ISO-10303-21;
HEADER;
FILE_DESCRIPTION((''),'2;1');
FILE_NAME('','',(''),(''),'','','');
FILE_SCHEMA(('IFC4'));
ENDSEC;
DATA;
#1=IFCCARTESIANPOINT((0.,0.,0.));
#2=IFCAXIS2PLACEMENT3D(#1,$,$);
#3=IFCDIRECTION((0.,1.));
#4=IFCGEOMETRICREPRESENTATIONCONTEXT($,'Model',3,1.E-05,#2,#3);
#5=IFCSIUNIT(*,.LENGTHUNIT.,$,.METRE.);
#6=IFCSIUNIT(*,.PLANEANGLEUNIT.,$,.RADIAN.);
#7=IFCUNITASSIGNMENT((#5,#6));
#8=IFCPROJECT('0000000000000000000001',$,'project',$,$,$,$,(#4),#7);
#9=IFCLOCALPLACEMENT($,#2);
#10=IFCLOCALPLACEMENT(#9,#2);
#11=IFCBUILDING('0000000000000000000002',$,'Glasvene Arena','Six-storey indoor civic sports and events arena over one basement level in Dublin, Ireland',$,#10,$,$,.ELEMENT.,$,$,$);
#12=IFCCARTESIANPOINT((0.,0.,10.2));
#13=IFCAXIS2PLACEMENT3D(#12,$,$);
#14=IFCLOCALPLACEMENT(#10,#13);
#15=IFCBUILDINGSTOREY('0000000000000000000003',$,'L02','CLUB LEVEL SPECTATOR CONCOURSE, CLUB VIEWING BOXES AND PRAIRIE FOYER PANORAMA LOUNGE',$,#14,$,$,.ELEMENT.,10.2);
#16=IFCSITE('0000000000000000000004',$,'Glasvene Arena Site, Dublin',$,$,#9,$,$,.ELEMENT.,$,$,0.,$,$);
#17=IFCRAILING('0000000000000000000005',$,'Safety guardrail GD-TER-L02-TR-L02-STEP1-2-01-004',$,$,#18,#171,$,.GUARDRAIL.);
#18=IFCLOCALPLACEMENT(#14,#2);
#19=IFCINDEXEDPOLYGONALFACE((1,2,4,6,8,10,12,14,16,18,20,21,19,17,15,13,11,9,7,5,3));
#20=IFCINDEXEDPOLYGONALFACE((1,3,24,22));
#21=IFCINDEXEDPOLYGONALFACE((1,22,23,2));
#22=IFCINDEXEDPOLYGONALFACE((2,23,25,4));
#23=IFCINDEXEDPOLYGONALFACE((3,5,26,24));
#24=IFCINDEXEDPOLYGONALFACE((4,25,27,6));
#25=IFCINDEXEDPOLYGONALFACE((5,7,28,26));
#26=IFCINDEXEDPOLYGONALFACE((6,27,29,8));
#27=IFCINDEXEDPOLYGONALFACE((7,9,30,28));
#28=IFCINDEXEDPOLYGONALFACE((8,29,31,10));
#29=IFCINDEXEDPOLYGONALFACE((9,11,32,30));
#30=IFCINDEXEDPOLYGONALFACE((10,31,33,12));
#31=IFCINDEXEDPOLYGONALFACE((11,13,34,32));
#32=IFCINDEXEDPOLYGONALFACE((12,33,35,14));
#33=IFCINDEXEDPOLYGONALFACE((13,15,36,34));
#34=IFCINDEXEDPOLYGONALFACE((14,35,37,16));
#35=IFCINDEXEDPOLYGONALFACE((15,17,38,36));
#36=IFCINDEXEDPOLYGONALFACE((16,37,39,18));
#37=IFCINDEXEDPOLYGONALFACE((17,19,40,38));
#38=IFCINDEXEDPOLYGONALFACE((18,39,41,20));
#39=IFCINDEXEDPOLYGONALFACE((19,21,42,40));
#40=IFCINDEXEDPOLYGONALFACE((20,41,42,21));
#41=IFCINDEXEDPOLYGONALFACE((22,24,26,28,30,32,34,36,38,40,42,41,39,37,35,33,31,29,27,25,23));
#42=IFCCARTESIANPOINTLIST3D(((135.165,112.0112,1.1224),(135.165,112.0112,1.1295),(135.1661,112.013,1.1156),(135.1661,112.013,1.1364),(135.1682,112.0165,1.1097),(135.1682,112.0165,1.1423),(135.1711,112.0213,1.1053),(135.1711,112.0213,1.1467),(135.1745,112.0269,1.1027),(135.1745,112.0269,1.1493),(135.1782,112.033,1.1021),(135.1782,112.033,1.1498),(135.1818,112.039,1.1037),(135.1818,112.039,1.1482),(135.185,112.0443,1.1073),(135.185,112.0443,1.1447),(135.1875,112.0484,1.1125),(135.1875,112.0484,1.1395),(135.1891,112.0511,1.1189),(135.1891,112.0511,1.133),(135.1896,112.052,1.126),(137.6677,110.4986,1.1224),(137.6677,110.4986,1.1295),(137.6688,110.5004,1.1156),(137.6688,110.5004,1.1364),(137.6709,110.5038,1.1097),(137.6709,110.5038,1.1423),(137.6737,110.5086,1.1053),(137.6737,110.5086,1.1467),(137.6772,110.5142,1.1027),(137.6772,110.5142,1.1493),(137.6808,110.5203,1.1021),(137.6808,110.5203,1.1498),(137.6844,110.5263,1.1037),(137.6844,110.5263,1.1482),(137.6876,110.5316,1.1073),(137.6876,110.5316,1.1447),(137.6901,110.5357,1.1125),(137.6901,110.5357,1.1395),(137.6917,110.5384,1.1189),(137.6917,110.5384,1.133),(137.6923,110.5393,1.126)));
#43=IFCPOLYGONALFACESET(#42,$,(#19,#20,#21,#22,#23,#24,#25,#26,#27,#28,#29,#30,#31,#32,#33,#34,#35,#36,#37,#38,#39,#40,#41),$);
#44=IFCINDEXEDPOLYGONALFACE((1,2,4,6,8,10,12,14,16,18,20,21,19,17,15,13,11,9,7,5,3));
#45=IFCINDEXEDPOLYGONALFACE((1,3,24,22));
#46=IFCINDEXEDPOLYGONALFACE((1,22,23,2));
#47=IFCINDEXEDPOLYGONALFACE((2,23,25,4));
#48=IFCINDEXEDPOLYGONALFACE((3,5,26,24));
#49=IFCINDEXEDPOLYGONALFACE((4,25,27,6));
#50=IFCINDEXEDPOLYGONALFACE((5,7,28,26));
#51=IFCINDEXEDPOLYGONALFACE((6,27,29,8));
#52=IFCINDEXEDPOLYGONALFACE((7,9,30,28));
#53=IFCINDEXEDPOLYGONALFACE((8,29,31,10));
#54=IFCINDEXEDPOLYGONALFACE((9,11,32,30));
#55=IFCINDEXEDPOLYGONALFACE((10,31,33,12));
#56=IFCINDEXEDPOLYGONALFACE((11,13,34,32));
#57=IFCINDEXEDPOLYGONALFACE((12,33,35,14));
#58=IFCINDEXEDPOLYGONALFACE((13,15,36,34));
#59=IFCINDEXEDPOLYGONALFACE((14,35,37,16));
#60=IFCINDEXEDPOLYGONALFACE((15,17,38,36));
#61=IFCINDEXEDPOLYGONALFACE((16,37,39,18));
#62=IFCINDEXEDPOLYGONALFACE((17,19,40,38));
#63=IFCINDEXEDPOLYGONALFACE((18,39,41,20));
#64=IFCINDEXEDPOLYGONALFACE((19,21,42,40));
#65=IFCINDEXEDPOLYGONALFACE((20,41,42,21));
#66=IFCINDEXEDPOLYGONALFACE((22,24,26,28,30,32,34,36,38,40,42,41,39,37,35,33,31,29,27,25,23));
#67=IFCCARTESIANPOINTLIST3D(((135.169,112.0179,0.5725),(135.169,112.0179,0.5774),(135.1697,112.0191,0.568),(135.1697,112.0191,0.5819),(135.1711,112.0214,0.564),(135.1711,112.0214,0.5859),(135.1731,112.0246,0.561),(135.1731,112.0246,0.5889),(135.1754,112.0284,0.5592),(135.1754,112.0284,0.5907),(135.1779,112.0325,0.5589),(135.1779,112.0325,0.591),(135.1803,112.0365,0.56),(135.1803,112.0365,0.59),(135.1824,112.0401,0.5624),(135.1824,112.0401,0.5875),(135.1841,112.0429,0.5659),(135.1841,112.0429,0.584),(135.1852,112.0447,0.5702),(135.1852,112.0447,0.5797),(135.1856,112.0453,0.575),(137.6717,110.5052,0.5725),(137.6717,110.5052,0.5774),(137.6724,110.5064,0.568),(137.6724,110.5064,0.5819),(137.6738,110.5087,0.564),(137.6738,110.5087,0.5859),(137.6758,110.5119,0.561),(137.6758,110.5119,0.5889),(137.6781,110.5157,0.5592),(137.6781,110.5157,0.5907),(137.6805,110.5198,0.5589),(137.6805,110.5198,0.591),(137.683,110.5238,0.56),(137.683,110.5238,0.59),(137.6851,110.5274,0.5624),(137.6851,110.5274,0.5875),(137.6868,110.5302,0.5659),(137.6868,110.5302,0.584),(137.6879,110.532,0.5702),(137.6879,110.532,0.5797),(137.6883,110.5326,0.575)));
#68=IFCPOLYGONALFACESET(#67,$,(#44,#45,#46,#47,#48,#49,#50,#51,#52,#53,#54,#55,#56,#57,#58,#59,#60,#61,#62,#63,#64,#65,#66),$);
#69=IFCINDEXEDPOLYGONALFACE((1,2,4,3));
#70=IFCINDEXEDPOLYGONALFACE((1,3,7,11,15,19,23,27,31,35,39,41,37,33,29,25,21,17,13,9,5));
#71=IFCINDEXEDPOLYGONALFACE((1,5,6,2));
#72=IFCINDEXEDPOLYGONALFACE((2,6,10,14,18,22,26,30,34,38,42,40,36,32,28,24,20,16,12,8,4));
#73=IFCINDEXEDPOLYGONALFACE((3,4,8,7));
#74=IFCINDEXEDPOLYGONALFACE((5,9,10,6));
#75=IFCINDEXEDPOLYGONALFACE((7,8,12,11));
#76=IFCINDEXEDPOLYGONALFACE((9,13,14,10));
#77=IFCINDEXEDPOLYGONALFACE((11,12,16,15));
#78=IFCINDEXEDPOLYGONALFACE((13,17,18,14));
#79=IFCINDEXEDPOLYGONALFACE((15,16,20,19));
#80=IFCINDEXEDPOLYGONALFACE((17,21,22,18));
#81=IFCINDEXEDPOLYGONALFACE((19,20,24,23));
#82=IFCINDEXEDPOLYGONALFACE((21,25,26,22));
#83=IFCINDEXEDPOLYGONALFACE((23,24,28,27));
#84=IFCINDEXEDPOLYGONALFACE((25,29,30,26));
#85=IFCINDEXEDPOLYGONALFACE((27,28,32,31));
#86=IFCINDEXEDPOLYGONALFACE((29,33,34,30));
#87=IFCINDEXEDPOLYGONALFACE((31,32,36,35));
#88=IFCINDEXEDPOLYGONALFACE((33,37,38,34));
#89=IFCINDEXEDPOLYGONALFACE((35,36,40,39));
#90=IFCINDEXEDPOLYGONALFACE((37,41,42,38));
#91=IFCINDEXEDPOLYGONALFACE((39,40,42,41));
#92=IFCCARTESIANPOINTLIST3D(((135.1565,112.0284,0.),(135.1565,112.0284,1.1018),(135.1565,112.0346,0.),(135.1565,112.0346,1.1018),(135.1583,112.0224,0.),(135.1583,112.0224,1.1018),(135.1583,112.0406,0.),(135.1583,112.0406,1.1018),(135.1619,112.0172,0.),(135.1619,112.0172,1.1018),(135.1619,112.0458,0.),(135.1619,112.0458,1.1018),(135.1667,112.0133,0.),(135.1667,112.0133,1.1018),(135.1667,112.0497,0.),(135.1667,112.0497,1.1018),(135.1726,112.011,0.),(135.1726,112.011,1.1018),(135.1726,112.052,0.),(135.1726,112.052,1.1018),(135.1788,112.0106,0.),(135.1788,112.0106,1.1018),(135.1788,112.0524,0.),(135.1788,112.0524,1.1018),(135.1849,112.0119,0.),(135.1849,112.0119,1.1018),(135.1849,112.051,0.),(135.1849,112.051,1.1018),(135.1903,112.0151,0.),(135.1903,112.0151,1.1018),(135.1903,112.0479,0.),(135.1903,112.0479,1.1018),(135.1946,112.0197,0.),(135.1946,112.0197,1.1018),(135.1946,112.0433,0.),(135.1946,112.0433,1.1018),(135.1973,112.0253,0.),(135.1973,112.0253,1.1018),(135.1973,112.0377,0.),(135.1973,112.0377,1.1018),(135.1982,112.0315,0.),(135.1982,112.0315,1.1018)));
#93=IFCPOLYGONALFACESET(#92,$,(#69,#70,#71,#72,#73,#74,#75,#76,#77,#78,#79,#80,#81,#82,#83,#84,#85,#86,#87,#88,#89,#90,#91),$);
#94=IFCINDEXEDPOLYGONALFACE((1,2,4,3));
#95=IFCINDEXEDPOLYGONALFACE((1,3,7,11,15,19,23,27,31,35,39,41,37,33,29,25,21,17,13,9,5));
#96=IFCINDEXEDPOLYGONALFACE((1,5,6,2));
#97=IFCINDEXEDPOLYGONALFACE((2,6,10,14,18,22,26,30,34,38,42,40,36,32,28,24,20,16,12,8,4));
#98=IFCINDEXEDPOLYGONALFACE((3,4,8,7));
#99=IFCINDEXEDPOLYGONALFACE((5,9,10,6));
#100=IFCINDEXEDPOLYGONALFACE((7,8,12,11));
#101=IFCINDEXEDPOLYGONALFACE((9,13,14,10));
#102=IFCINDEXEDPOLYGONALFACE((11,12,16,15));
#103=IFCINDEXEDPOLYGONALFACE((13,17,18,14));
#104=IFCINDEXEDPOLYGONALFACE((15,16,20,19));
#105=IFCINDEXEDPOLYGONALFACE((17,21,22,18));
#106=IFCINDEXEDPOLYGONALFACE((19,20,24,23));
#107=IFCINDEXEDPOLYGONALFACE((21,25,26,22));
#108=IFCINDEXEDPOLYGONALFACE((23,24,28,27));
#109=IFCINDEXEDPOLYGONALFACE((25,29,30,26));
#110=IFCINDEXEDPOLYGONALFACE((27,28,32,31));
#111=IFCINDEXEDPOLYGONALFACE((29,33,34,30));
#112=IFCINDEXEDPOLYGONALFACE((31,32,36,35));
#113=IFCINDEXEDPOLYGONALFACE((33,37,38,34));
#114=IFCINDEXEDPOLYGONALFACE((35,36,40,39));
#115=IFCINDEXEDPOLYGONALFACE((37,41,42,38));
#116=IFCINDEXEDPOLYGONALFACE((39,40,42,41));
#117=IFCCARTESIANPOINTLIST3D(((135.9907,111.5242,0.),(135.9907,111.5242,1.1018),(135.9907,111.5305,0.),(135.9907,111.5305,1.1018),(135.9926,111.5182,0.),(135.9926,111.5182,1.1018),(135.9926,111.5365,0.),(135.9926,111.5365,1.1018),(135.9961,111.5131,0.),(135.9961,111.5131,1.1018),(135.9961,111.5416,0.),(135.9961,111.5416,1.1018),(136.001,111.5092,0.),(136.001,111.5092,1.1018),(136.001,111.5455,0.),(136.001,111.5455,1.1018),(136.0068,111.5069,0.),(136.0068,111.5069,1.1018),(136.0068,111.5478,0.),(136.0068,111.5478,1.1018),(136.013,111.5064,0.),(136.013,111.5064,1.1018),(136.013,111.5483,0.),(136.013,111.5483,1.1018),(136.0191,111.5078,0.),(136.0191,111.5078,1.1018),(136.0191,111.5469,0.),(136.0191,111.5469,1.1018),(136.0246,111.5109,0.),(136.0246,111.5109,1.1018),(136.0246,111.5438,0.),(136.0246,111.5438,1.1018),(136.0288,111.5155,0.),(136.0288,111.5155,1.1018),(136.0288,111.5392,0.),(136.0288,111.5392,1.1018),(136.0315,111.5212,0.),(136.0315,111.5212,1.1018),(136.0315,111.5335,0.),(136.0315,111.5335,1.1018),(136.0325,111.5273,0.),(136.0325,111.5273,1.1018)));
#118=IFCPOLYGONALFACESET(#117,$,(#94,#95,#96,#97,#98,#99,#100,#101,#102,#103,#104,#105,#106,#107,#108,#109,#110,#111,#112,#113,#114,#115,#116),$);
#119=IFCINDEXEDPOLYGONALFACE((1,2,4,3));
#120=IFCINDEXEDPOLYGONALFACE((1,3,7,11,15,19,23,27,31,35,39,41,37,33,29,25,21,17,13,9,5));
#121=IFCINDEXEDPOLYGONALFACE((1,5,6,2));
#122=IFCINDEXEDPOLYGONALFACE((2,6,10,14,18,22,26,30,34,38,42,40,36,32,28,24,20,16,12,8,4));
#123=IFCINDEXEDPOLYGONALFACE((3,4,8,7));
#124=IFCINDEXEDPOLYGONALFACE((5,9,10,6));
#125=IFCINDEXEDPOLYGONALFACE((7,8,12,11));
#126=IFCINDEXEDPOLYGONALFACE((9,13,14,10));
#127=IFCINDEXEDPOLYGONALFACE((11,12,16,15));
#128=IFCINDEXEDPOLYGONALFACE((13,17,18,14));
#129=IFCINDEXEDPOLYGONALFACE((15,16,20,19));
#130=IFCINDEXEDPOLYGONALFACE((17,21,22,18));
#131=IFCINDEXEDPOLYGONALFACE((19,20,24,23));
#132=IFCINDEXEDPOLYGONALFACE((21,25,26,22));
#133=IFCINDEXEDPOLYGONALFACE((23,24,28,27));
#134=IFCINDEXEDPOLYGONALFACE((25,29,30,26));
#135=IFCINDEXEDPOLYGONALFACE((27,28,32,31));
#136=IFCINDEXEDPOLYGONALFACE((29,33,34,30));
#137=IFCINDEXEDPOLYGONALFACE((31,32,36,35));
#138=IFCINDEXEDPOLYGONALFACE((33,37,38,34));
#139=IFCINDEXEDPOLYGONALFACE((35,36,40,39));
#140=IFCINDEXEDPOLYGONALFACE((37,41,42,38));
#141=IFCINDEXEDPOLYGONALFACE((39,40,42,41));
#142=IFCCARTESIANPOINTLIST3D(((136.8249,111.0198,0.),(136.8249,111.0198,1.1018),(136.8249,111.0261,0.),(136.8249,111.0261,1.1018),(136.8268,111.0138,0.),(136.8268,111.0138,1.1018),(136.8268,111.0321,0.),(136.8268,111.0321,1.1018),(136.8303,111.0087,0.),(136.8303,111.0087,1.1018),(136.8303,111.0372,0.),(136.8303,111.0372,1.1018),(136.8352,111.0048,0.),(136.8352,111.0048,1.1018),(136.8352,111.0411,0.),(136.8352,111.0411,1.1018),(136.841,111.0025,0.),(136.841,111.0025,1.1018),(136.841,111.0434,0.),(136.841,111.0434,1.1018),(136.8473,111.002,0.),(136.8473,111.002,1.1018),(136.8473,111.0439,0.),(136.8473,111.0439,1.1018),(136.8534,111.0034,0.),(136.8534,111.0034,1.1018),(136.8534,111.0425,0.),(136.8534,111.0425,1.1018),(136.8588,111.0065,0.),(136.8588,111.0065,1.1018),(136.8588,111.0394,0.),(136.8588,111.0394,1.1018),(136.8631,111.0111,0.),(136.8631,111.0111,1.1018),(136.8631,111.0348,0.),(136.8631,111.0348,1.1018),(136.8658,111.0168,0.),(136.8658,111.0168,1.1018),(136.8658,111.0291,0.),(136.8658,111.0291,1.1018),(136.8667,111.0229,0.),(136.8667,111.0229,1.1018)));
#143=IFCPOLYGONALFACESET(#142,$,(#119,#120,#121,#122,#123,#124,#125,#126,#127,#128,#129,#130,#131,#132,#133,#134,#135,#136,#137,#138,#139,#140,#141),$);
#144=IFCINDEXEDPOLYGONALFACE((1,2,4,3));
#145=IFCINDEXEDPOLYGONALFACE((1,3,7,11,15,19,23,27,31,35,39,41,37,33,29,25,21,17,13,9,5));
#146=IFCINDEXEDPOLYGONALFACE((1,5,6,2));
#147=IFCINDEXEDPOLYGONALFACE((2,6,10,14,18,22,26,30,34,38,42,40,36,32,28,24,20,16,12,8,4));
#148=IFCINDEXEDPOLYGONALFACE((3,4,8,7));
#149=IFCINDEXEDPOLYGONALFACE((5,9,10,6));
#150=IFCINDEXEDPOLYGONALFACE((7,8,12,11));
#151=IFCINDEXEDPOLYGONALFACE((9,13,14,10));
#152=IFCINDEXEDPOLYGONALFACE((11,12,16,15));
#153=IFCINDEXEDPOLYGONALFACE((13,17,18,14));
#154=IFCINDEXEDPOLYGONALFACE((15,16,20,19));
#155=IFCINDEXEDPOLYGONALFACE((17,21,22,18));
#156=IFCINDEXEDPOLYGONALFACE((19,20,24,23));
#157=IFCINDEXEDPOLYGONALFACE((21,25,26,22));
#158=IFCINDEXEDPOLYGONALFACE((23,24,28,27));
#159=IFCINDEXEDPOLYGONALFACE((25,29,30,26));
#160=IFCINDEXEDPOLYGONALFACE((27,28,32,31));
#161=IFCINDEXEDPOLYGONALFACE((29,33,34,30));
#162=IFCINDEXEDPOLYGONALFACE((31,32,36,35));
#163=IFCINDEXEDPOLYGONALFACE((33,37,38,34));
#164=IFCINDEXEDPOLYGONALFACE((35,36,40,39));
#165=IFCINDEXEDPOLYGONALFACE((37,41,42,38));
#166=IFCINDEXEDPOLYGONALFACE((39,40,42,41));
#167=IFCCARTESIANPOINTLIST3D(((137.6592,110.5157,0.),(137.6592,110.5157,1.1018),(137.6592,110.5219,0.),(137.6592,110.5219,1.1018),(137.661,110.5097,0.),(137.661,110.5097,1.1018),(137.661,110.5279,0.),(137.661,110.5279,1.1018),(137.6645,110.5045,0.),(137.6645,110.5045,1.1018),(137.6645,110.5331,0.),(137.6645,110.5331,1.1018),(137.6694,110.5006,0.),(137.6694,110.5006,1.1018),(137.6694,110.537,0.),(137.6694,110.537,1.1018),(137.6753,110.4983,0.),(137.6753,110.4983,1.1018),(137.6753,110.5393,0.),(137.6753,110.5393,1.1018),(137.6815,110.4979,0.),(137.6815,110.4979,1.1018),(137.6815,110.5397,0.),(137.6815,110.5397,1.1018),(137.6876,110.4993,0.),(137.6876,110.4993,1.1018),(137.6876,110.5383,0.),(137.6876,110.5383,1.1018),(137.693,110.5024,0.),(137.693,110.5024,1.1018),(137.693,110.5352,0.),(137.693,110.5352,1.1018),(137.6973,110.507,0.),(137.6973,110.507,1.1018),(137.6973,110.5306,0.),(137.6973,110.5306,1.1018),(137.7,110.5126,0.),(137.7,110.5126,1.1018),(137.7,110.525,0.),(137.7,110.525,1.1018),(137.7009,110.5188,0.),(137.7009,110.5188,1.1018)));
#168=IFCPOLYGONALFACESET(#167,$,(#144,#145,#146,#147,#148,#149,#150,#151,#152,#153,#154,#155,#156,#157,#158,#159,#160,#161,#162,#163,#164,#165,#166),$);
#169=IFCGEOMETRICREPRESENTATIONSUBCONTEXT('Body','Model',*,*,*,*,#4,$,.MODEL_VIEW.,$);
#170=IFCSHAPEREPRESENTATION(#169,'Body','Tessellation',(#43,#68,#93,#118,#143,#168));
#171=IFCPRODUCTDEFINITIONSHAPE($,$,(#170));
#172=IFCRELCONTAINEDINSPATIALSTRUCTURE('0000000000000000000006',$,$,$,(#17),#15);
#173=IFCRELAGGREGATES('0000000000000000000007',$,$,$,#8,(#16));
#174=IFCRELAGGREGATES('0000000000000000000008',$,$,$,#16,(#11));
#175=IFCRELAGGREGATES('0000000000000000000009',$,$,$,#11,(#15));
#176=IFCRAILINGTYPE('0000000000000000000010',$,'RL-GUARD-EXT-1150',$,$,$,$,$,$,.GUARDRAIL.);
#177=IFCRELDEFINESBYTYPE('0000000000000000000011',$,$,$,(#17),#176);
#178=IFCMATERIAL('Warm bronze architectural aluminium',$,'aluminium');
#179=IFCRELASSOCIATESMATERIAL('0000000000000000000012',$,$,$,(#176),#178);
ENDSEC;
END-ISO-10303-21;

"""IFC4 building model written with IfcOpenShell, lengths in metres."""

from ifc_helpers import new_model, si_unit, direction, frame, origin, origin_2d, place, context, subcontext, project, spatial, circle, extrude, material, type_object, element, save


model = new_model("IFC4")

# Units and contexts
model_context = context("Model", 3, precision=1e-05, world=origin(), true_north=direction((0.0, 1.0)))
body_context = subcontext(model_context, "Body", "Model", "MODEL_VIEW")
ifc_project = project(units=[si_unit("LENGTHUNIT", "METRE"), si_unit("PLANEANGLEUNIT", "RADIAN")], contexts=[model_context])

# Site, building, storey
site_placement = place(None, origin())
site = spatial("IfcSite", under=ifc_project, at=site_placement, Name="Glasvene Arena Site, Dublin", CompositionType="ELEMENT", RefElevation=0.0)
building_placement = place(site_placement, origin())
building = spatial("IfcBuilding", under=site, at=building_placement, Name="Glasvene Arena", Description="Six-storey indoor civic sports and events arena over one basement level in Dublin, Ireland", CompositionType="ELEMENT")
storey_placement = place(building_placement, frame((0.0, 0.0, 10.2)))
storey = spatial("IfcBuildingStorey", under=building, at=storey_placement, Name="L02", Description="CLUB LEVEL SPECTATOR CONCOURSE, CLUB VIEWING BOXES AND PRAIRIE FOYER PANORAMA LOUNGE", CompositionType="ELEMENT", Elevation=10.2)

# Railing
ifc_material_1 = material(Name="Warm bronze architectural aluminium", Category="aluminium")
railing_type_1 = type_object("IfcRailingType", Name="RL-GUARD-EXT-1150", PredefinedType="GUARDRAIL", material=ifc_material_1)
railing_1_placement = place(storey_placement, frame((135.1772, 112.0315, 0.0)))
element("IfcRailing", 1, at=railing_1_placement, inside=storey, type_object=railing_type_1, Name="Safety guardrail GD-TER-L02-TR-L02-STEP1-2-01-004", PredefinedType="GUARDRAIL", context=body_context, shape_type="SweptSolid", body=[
    extrude(circle(Radius=0.0239, at=origin_2d()), frame((0.0, 0.0, 1.126), z_axis=(0.855816, -0.51728, 0.0), x_axis=(0.51728, 0.855816, 0.0)), (0.0, 0.0, 1.0), 2.9243),
    extrude(circle(Radius=0.0161, at=origin_2d()), frame((0.0, 0.0, 0.575), z_axis=(0.855816, -0.51728, 0.0), x_axis=(0.51728, 0.855816, 0.0)), (0.0, 0.0, 1.0), 2.9243),
    extrude(circle(Radius=0.021, at=origin_2d()), origin(), (0.0, 0.0, 1.0), 1.1018),
    extrude(circle(Radius=0.021, at=origin_2d()), frame((0.8342, -0.5042, 0.0)), (0.0, 0.0, 1.0), 1.1018),
    extrude(circle(Radius=0.021, at=origin_2d()), frame((1.6685, -1.0085, 0.0)), (0.0, 0.0, 1.0), 1.1018),
    extrude(circle(Radius=0.021, at=origin_2d()), frame((2.5027, -1.5127, 0.0)), (0.0, 0.0, 1.0), 1.1018),
])

save(model, "model.ifc")
